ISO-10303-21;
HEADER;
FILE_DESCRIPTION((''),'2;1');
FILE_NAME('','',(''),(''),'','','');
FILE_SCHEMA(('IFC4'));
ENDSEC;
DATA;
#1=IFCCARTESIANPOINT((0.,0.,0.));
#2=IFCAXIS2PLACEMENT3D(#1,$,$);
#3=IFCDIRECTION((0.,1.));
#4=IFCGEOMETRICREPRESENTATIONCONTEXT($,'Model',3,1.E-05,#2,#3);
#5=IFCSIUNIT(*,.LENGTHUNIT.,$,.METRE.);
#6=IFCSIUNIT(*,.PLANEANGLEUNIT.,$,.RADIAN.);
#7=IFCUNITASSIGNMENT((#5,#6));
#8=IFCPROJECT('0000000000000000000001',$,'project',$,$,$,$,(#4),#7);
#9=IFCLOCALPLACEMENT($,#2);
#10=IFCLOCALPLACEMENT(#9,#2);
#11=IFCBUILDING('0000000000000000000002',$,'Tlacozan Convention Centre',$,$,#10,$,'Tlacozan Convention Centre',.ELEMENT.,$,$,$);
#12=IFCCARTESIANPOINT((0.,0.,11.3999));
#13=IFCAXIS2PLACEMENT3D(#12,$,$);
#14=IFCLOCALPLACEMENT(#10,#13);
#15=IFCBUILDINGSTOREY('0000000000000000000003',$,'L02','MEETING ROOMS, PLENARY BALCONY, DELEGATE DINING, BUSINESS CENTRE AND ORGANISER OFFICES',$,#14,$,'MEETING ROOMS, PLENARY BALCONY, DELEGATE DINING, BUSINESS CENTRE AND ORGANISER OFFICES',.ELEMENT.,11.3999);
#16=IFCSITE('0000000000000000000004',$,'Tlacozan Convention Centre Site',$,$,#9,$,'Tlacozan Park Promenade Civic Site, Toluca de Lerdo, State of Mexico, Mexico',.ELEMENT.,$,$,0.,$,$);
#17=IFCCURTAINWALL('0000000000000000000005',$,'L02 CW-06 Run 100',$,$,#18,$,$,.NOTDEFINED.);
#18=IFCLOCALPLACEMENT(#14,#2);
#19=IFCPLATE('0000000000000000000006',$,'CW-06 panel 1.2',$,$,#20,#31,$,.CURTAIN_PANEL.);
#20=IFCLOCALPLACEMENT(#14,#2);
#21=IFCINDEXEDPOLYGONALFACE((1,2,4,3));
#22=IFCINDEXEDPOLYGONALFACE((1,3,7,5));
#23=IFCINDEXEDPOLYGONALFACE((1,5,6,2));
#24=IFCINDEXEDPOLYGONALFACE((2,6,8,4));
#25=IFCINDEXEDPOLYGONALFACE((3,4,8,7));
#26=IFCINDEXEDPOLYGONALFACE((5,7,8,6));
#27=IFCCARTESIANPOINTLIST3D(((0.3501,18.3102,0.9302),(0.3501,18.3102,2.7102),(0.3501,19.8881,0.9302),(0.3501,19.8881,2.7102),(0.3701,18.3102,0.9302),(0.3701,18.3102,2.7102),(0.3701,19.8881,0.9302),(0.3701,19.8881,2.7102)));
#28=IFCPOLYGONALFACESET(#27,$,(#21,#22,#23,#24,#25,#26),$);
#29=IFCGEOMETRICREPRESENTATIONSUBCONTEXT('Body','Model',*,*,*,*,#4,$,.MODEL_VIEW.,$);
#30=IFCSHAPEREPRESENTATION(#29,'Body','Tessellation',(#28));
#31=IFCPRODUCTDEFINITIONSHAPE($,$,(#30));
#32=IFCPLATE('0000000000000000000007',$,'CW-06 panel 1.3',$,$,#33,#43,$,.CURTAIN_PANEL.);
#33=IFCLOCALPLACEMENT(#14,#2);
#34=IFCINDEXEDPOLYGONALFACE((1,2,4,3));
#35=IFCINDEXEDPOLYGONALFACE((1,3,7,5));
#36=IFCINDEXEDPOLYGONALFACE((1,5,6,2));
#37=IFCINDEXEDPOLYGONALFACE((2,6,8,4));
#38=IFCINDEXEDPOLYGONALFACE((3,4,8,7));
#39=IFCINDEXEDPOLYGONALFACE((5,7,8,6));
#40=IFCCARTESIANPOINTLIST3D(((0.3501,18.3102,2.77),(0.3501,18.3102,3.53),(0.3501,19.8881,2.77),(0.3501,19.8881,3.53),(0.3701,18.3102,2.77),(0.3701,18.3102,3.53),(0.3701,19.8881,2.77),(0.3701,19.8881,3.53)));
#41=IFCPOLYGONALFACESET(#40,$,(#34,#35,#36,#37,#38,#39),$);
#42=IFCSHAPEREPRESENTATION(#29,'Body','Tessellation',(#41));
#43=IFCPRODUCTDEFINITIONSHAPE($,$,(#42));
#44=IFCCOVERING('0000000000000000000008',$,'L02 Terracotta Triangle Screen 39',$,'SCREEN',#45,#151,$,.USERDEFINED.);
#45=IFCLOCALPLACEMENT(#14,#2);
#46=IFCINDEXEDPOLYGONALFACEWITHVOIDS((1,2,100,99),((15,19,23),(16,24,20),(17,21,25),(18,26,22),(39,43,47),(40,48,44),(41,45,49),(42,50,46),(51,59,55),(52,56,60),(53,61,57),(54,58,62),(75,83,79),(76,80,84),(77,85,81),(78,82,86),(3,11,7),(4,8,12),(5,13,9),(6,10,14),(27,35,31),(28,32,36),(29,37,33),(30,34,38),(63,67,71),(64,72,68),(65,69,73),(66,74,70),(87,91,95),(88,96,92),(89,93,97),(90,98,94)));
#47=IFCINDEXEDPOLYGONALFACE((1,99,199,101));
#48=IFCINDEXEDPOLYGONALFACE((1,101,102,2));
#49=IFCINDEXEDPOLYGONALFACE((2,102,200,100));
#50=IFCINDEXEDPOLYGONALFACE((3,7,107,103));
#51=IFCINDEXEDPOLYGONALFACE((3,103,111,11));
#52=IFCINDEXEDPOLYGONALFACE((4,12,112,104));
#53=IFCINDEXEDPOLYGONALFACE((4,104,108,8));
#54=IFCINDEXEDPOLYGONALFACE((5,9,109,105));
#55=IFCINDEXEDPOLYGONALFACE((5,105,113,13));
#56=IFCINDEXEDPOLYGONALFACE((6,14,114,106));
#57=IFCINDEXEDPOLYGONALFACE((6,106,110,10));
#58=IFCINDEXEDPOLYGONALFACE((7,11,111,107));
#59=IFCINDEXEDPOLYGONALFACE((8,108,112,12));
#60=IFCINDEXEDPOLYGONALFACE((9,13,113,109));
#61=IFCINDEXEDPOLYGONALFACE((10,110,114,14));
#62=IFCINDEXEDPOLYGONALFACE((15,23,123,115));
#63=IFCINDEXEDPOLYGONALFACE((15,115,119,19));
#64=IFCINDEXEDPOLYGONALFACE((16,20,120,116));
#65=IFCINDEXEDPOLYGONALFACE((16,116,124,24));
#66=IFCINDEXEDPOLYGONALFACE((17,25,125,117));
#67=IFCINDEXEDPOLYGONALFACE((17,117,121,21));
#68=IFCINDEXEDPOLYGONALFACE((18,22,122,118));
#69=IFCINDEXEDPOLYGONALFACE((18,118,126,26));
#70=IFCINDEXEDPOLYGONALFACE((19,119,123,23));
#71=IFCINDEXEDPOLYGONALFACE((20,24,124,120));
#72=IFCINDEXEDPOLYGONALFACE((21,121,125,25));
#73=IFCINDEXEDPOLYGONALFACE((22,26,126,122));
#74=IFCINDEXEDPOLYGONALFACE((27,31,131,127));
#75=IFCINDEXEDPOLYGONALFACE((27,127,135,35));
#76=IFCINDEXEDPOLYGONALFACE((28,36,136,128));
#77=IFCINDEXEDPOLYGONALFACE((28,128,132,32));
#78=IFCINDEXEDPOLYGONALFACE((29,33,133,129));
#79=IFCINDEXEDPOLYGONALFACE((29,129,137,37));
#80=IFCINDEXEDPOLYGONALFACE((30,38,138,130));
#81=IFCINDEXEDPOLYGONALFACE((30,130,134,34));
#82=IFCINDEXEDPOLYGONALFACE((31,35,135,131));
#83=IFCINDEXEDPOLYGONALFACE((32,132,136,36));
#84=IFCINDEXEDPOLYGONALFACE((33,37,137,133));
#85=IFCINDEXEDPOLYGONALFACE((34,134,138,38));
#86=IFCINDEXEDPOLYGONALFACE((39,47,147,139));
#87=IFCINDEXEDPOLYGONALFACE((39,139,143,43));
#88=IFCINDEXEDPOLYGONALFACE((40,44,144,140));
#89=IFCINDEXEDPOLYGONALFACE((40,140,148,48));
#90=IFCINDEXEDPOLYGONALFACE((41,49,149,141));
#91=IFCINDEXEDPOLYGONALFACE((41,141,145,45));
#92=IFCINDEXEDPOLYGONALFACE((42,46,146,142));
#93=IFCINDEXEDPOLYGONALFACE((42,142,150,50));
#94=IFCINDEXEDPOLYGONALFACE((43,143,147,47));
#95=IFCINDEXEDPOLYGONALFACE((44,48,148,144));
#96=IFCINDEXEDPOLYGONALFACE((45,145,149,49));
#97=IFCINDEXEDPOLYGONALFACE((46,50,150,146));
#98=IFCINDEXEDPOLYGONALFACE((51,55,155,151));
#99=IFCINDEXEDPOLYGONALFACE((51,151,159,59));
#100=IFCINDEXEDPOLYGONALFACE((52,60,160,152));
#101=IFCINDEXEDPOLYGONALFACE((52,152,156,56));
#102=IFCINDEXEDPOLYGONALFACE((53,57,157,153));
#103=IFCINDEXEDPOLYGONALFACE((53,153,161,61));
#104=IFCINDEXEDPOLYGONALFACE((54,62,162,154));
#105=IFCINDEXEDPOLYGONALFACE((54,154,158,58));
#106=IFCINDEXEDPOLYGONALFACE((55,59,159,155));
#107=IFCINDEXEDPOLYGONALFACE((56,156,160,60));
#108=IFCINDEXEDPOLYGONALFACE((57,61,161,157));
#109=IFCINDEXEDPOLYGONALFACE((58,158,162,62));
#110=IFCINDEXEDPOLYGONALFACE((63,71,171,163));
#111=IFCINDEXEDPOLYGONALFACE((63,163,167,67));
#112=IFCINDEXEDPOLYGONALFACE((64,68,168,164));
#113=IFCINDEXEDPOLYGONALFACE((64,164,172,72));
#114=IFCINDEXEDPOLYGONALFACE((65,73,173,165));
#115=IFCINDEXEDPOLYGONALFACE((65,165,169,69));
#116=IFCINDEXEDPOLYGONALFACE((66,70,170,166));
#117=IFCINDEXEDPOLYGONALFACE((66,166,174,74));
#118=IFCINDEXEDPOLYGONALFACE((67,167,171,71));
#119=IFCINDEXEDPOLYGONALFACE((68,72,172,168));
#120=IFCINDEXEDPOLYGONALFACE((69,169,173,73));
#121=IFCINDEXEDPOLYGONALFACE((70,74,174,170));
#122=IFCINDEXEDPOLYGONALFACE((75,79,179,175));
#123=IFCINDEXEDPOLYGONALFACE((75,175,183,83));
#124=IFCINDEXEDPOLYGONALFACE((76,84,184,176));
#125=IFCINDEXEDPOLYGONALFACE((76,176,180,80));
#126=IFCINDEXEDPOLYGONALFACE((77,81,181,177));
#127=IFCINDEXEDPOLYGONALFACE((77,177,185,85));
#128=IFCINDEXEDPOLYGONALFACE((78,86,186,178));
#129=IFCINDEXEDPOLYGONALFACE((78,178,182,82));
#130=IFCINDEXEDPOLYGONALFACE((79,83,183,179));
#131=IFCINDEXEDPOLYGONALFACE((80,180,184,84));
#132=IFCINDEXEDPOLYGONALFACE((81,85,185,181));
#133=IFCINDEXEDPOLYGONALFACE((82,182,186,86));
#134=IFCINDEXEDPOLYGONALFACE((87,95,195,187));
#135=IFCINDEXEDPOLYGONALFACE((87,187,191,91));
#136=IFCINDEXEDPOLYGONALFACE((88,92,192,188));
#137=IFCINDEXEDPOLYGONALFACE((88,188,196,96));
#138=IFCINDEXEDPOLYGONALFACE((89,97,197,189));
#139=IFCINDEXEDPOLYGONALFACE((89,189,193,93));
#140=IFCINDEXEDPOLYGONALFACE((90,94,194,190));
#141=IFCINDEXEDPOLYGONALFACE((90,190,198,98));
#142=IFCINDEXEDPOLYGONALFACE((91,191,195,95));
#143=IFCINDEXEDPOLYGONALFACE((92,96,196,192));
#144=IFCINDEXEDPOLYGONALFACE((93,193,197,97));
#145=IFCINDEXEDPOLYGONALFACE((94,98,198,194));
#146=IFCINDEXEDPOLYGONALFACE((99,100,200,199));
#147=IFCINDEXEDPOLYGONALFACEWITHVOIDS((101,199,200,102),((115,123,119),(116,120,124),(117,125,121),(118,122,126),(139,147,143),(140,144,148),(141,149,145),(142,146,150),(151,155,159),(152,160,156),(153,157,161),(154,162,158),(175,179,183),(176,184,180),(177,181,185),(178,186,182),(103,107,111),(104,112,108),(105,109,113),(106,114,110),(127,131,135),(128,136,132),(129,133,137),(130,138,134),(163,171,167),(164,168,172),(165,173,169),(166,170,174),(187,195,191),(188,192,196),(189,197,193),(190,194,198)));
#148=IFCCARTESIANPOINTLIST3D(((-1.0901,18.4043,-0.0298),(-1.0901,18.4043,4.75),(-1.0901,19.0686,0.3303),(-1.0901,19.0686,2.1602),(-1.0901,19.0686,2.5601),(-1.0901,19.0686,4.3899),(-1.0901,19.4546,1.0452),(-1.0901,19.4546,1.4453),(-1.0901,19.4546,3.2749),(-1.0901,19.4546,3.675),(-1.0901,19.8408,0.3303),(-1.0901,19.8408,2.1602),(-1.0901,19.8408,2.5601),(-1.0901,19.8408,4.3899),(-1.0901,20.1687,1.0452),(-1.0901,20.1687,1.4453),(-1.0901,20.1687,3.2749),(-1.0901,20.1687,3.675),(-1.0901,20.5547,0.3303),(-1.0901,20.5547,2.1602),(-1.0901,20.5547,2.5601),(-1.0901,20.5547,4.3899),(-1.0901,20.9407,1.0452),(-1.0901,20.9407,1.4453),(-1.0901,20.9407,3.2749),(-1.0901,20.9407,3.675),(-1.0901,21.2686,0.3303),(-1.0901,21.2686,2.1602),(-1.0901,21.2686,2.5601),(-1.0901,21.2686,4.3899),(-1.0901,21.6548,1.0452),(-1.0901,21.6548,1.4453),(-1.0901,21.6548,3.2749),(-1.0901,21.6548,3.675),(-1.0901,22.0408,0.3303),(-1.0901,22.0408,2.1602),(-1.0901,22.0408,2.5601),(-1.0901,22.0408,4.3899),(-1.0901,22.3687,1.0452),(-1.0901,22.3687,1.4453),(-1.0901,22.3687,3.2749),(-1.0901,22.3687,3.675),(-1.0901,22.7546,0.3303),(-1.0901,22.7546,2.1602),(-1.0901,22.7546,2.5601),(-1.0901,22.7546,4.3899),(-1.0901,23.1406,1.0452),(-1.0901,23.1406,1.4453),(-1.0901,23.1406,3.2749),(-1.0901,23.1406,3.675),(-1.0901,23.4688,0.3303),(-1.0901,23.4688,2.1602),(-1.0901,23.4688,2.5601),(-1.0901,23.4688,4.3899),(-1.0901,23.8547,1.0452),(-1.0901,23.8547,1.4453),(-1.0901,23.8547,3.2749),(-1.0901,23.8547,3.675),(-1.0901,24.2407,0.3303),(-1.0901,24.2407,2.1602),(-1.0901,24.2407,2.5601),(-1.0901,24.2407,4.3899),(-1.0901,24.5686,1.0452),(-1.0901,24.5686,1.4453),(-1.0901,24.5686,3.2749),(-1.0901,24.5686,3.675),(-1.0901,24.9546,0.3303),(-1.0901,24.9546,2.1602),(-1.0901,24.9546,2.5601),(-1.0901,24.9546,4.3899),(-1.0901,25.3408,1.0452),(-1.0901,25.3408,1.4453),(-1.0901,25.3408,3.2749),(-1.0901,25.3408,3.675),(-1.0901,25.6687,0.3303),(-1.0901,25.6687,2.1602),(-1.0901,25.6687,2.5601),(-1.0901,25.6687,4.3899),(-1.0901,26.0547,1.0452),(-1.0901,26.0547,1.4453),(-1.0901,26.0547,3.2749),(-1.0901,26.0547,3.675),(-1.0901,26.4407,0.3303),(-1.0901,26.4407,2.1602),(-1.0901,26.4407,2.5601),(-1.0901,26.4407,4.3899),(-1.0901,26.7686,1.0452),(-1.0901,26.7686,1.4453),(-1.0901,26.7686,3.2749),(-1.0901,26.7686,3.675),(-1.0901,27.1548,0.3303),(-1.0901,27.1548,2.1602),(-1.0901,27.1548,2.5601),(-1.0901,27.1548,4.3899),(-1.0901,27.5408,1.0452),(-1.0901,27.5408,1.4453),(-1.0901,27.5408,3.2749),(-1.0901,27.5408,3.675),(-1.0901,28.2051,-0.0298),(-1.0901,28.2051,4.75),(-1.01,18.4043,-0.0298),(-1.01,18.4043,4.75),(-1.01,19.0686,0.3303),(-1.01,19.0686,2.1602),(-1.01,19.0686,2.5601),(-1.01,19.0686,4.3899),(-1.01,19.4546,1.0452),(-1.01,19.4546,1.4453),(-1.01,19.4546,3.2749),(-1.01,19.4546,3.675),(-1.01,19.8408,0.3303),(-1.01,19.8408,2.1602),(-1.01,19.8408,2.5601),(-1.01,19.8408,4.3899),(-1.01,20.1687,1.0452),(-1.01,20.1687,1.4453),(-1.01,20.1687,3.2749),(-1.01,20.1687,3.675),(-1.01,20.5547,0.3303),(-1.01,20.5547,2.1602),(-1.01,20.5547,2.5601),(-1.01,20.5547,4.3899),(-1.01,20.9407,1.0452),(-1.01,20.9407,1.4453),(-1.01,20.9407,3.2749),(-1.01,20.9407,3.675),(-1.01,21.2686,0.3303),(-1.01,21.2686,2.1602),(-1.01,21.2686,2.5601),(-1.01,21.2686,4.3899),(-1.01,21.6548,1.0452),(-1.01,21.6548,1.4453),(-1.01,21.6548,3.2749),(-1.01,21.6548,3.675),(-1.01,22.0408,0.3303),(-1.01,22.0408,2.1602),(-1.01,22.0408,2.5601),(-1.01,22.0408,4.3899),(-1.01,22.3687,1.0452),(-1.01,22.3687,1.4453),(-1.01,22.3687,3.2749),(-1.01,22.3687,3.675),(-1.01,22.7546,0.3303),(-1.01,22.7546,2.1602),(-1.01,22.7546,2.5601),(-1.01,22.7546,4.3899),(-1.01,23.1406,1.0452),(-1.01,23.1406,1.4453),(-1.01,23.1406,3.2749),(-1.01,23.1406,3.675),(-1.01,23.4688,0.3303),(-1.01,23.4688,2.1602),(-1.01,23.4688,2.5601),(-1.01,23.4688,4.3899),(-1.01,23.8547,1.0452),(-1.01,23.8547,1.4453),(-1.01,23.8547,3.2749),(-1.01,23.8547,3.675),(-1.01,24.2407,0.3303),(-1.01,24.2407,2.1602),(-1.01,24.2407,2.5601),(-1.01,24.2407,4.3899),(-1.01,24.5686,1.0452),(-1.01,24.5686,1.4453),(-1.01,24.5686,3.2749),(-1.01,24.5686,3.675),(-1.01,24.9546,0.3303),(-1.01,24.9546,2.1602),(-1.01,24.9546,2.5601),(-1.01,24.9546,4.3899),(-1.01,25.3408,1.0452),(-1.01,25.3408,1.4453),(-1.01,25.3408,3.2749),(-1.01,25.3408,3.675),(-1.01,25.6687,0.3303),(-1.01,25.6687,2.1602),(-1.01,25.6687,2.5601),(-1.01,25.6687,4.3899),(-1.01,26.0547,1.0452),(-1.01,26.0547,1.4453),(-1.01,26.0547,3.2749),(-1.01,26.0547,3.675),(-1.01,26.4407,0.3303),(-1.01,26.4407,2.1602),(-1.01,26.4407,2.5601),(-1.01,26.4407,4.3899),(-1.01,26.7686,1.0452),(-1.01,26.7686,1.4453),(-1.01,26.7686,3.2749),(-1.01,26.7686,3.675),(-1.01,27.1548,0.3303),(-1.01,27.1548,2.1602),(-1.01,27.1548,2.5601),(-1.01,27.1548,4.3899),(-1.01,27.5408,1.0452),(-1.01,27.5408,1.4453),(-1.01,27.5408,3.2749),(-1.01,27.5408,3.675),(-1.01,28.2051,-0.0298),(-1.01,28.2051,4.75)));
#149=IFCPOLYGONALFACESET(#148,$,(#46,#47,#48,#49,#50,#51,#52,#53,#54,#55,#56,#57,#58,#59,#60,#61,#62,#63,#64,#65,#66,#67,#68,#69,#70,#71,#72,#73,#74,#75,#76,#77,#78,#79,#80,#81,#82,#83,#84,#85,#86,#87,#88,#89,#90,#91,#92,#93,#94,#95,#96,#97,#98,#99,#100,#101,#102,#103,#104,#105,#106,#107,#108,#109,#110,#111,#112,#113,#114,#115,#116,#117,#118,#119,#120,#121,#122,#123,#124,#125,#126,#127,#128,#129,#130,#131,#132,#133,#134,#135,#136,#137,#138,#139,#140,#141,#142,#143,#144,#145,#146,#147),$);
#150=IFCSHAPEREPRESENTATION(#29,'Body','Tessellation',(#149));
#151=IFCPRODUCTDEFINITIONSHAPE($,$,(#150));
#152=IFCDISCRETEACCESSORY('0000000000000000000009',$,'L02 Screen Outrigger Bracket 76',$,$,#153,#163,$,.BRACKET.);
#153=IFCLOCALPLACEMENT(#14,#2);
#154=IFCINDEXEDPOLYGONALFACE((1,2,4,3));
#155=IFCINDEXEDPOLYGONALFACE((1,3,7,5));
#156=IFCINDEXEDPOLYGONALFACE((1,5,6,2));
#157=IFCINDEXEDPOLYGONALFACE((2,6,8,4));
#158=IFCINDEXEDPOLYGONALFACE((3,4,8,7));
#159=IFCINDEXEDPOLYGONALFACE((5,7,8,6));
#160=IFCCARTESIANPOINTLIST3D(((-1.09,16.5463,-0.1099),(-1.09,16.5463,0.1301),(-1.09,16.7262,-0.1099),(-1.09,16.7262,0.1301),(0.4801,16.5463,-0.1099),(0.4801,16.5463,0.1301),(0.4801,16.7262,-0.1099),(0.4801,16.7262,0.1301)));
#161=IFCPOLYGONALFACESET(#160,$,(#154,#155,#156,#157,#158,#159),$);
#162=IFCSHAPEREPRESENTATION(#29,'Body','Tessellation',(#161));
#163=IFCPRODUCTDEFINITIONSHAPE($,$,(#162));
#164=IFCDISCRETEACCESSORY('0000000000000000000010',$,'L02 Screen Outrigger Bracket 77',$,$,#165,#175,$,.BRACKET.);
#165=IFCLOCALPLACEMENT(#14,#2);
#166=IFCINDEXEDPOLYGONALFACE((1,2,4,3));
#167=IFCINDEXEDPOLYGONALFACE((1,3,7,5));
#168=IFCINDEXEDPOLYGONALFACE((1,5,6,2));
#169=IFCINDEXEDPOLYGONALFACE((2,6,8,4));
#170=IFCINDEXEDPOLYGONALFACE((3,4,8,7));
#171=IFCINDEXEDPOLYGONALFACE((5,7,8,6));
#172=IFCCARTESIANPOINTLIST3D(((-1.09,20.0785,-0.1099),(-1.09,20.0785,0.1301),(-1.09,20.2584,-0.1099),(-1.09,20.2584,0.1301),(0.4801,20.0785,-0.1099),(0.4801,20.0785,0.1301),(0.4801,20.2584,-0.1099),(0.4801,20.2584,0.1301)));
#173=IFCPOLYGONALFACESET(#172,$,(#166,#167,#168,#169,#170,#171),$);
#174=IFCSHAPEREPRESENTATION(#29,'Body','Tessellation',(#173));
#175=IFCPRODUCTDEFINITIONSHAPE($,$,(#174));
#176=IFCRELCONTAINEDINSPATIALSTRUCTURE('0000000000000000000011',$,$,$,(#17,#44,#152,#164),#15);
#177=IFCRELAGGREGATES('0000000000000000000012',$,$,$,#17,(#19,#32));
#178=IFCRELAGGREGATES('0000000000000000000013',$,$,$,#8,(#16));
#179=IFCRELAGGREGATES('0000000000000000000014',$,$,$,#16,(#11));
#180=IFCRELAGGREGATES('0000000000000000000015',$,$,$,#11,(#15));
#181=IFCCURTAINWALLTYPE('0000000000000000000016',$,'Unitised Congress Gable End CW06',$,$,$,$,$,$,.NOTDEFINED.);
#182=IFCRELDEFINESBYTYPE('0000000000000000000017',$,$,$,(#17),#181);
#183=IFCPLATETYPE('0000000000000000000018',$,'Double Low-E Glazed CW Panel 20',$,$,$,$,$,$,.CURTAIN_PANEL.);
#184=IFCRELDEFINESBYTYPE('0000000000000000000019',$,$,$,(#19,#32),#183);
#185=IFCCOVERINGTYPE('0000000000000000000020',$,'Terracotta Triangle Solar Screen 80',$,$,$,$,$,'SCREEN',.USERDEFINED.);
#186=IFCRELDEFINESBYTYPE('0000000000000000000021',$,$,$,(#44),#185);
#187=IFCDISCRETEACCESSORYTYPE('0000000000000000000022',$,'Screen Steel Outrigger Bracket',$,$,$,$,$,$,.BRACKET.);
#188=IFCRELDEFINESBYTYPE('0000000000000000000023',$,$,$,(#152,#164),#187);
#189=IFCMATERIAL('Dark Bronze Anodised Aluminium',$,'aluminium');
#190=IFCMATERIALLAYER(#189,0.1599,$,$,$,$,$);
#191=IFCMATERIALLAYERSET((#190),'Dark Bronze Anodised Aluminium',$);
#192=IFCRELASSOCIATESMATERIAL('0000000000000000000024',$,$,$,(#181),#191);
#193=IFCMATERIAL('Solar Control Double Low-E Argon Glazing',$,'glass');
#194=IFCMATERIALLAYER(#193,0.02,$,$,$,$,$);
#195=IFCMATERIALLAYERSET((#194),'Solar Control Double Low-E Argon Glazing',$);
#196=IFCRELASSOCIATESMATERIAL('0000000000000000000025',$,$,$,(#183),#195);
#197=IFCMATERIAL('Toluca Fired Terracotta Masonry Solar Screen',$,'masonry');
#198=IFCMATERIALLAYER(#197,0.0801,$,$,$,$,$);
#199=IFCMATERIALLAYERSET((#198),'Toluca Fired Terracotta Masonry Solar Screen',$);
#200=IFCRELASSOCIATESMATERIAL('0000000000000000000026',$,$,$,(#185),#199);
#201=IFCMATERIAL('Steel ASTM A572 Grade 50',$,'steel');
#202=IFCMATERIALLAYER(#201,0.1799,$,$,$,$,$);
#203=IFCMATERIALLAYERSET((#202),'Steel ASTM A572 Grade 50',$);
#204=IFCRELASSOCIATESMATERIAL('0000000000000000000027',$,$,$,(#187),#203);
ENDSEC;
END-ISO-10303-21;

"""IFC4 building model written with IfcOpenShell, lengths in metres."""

from ifc_helpers import new_model, si_unit, direction, frame, origin, origin_2d, place, context, subcontext, project, spatial, polyline, rectangle, outline, extrude, material, layer, layer_set, type_object, element, aggregate, save


model = new_model("IFC4")

# Units and contexts
model_context = context("Model", 3, precision=1e-05, world=origin(), true_north=direction((0.0, 1.0)))
body_context = subcontext(model_context, "Body", "Model", "MODEL_VIEW")
ifc_project = project(units=[si_unit("LENGTHUNIT", "METRE"), si_unit("PLANEANGLEUNIT", "RADIAN")], contexts=[model_context])

# Site, building, storey
site_placement = place(None, origin())
site = spatial("IfcSite", under=ifc_project, at=site_placement, Name="Tlacozan Convention Centre Site", LongName="Tlacozan Park Promenade Civic Site, Toluca de Lerdo, State of Mexico, Mexico", CompositionType="ELEMENT", RefElevation=0.0)
building_placement = place(site_placement, origin())
building = spatial("IfcBuilding", under=site, at=building_placement, Name="Tlacozan Convention Centre", LongName="Tlacozan Convention Centre", CompositionType="ELEMENT")
storey_placement = place(building_placement, frame((0.0, 0.0, 11.3999)))
storey = spatial("IfcBuildingStorey", under=building, at=storey_placement, Name="L02", Description="MEETING ROOMS, PLENARY BALCONY, DELEGATE DINING, BUSINESS CENTRE AND ORGANISER OFFICES", LongName="MEETING ROOMS, PLENARY BALCONY, DELEGATE DINING, BUSINESS CENTRE AND ORGANISER OFFICES", CompositionType="ELEMENT", Elevation=11.3999)

# Curtain wall
ifc_material_1 = material(Name="Dark Bronze Anodised Aluminium", Category="aluminium")
ifc_layer_1 = layer(ifc_material_1, 0.1599)
ifc_layer_set_1 = layer_set([ifc_layer_1], Name="Dark Bronze Anodised Aluminium")
curtain_wall_type = type_object("IfcCurtainWallType", Name="Unitised Congress Gable End CW06", PredefinedType="NOTDEFINED", material=ifc_layer_set_1)
curtain_wall_1_placement = place(storey_placement, origin())
curtain_wall_1 = element("IfcCurtainWall", 1, at=curtain_wall_1_placement, inside=storey, type_object=curtain_wall_type, Name="L02 CW-06 Run 100", PredefinedType="NOTDEFINED")

# Plates
ifc_material_2 = material(Name="Solar Control Double Low-E Argon Glazing", Category="glass")
ifc_layer_2 = layer(ifc_material_2, 0.02)
ifc_layer_set_2 = layer_set([ifc_layer_2], Name="Solar Control Double Low-E Argon Glazing")
plate_type = type_object("IfcPlateType", Name="Double Low-E Glazed CW Panel 20", PredefinedType="CURTAIN_PANEL", material=ifc_layer_set_2)
plate_1_placement = place(storey_placement, frame((0.3601, 19.0991, 0.9302), z_axis=(0.0, 0.0, 1.0), x_axis=(0.0, 1.0, 0.0)))
plate_1 = element("IfcPlate", 2, at=plate_1_placement, type_object=plate_type, Name="CW-06 panel 1.2", PredefinedType="CURTAIN_PANEL", context=body_context, shape_type="SweptSolid", body=[
    extrude(rectangle(XDim=1.5779, YDim=0.02, at=origin_2d()), origin(), (0.0, 0.0, 1.0), 1.78),
])
plate_2_placement = place(storey_placement, frame((0.3601, 19.0991, 2.77), z_axis=(0.0, 0.0, 1.0), x_axis=(0.0, 1.0, 0.0)))
plate_2 = element("IfcPlate", 3, at=plate_2_placement, type_object=plate_type, Name="CW-06 panel 1.3", PredefinedType="CURTAIN_PANEL", context=body_context, shape_type="SweptSolid", body=[
    extrude(rectangle(XDim=1.5779, YDim=0.02, at=origin_2d()), origin(), (0.0, 0.0, 1.0), 0.76),
])
aggregate(curtain_wall_1, [plate_1, plate_2])

# Covering
ifc_material_3 = material(Name="Toluca Fired Terracotta Masonry Solar Screen", Category="masonry")
ifc_layer_3 = layer(ifc_material_3, 0.0801)
ifc_layer_set_3 = layer_set([ifc_layer_3], Name="Toluca Fired Terracotta Masonry Solar Screen")
covering_type = type_object("IfcCoveringType", Name="Terracotta Triangle Solar Screen 80", ElementType="SCREEN", PredefinedType="USERDEFINED", material=ifc_layer_set_3)
covering_placement = place(storey_placement, frame((-1.05, 18.4043, -0.0298), z_axis=(0.0, 0.0, 1.0), x_axis=(0.0, 1.0, 0.0)))
element("IfcCovering", 4, at=covering_placement, inside=storey, type_object=covering_type, Name="L02 Terracotta Triangle Screen 39", ObjectType="SCREEN", PredefinedType="USERDEFINED", context=body_context, shape_type="SweptSolid", body=[
    extrude(outline(polyline([(0.0, 0.0), (9.8008, 0.0), (9.8008, 4.7798), (0.0, 4.7798), (0.0, 0.0)]), holes=[polyline([(0.6643, 0.3601), (1.4365, 0.3601), (1.0503, 1.075), (0.6643, 0.3601)]), polyline([(1.7644, 1.075), (2.5364, 1.075), (2.1504, 0.3601), (1.7644, 1.075)]), polyline([(2.8643, 0.3601), (3.6365, 0.3601), (3.2505, 1.075), (2.8643, 0.3601)]), polyline([(3.9644, 1.075), (4.7363, 1.075), (4.3503, 0.3601), (3.9644, 1.075)]), polyline([(5.0645, 0.3601), (5.8364, 0.3601), (5.4504, 1.075), (5.0645, 0.3601)]), polyline([(6.1643, 1.075), (6.9365, 1.075), (6.5503, 0.3601), (6.1643, 1.075)]), polyline([(7.2644, 0.3601), (8.0364, 0.3601), (7.6504, 1.075), (7.2644, 0.3601)]), polyline([(8.3643, 1.075), (9.1365, 1.075), (8.7505, 0.3601), (8.3643, 1.075)]), polyline([(0.6643, 2.1899), (1.4365, 2.1899), (1.0503, 1.4751), (0.6643, 2.1899)]), polyline([(1.7644, 1.4751), (2.5364, 1.4751), (2.1504, 2.1899), (1.7644, 1.4751)]), polyline([(2.8643, 2.1899), (3.6365, 2.1899), (3.2505, 1.4751), (2.8643, 2.1899)]), polyline([(3.9644, 1.4751), (4.7363, 1.4751), (4.3503, 2.1899), (3.9644, 1.4751)]), polyline([(5.0645, 2.1899), (5.8364, 2.1899), (5.4504, 1.4751), (5.0645, 2.1899)]), polyline([(6.1643, 1.4751), (6.9365, 1.4751), (6.5503, 2.1899), (6.1643, 1.4751)]), polyline([(7.2644, 2.1899), (8.0364, 2.1899), (7.6504, 1.4751), (7.2644, 2.1899)]), polyline([(8.3643, 1.4751), (9.1365, 1.4751), (8.7505, 2.1899), (8.3643, 1.4751)]), polyline([(0.6643, 2.5898), (1.4365, 2.5898), (1.0503, 3.3047), (0.6643, 2.5898)]), polyline([(1.7644, 3.3047), (2.5364, 3.3047), (2.1504, 2.5898), (1.7644, 3.3047)]), polyline([(2.8643, 2.5898), (3.6365, 2.5898), (3.2505, 3.3047), (2.8643, 2.5898)]), polyline([(3.9644, 3.3047), (4.7363, 3.3047), (4.3503, 2.5898), (3.9644, 3.3047)]), polyline([(5.0645, 2.5898), (5.8364, 2.5898), (5.4504, 3.3047), (5.0645, 2.5898)]), polyline([(6.1643, 3.3047), (6.9365, 3.3047), (6.5503, 2.5898), (6.1643, 3.3047)]), polyline([(7.2644, 2.5898), (8.0364, 2.5898), (7.6504, 3.3047), (7.2644, 2.5898)]), polyline([(8.3643, 3.3047), (9.1365, 3.3047), (8.7505, 2.5898), (8.3643, 3.3047)]), polyline([(0.6643, 4.4197), (1.4365, 4.4197), (1.0503, 3.7048), (0.6643, 4.4197)]), polyline([(1.7644, 3.7048), (2.5364, 3.7048), (2.1504, 4.4197), (1.7644, 3.7048)]), polyline([(2.8643, 4.4197), (3.6365, 4.4197), (3.2505, 3.7048), (2.8643, 4.4197)]), polyline([(3.9644, 3.7048), (4.7363, 3.7048), (4.3503, 4.4197), (3.9644, 3.7048)]), polyline([(5.0645, 4.4197), (5.8364, 4.4197), (5.4504, 3.7048), (5.0645, 4.4197)]), polyline([(6.1643, 3.7048), (6.9365, 3.7048), (6.5503, 4.4197), (6.1643, 3.7048)]), polyline([(7.2644, 4.4197), (8.0364, 4.4197), (7.6504, 3.7048), (7.2644, 4.4197)]), polyline([(8.3643, 3.7048), (9.1365, 3.7048), (8.7505, 4.4197), (8.3643, 3.7048)])]), frame((0.0, 0.04, 0.0), z_axis=(0.0, -1.0, 0.0), x_axis=(1.0, 0.0, 0.0)), (0.0, 0.0, 1.0), 0.0801),
])

# Discrete accessories
ifc_material_4 = material(Name="Steel ASTM A572 Grade 50", Category="steel")
ifc_layer_4 = layer(ifc_material_4, 0.1799)
ifc_layer_set_4 = layer_set([ifc_layer_4], Name="Steel ASTM A572 Grade 50")
discrete_accessory_type = type_object("IfcDiscreteAccessoryType", Name="Screen Steel Outrigger Bracket", PredefinedType="BRACKET", material=ifc_layer_set_4)
for number, where, z_axis, x_axis, name in (
    (5, (-0.3049, 16.6362, -0.1099), (0.0, 0.0, 1.0), (1.0, 0.0, 0.0), "L02 Screen Outrigger Bracket 76"),
    (6, (-0.3049, 20.1685, -0.1099), (0.0, 0.0, 1.0), (1.0, 0.0, 0.0), "L02 Screen Outrigger Bracket 77"),
):
    element("IfcDiscreteAccessory", number, at=place(storey_placement, frame(where, z_axis=z_axis, x_axis=x_axis)), inside=storey, type_object=discrete_accessory_type, Name=name, PredefinedType="BRACKET", context=body_context, shape_type="SweptSolid", body=[
        extrude(rectangle(XDim=1.5701, YDim=0.1799, at=origin_2d()), origin(), (0.0, 0.0, 1.0), 0.24),
    ])

save(model, "model.ifc")
